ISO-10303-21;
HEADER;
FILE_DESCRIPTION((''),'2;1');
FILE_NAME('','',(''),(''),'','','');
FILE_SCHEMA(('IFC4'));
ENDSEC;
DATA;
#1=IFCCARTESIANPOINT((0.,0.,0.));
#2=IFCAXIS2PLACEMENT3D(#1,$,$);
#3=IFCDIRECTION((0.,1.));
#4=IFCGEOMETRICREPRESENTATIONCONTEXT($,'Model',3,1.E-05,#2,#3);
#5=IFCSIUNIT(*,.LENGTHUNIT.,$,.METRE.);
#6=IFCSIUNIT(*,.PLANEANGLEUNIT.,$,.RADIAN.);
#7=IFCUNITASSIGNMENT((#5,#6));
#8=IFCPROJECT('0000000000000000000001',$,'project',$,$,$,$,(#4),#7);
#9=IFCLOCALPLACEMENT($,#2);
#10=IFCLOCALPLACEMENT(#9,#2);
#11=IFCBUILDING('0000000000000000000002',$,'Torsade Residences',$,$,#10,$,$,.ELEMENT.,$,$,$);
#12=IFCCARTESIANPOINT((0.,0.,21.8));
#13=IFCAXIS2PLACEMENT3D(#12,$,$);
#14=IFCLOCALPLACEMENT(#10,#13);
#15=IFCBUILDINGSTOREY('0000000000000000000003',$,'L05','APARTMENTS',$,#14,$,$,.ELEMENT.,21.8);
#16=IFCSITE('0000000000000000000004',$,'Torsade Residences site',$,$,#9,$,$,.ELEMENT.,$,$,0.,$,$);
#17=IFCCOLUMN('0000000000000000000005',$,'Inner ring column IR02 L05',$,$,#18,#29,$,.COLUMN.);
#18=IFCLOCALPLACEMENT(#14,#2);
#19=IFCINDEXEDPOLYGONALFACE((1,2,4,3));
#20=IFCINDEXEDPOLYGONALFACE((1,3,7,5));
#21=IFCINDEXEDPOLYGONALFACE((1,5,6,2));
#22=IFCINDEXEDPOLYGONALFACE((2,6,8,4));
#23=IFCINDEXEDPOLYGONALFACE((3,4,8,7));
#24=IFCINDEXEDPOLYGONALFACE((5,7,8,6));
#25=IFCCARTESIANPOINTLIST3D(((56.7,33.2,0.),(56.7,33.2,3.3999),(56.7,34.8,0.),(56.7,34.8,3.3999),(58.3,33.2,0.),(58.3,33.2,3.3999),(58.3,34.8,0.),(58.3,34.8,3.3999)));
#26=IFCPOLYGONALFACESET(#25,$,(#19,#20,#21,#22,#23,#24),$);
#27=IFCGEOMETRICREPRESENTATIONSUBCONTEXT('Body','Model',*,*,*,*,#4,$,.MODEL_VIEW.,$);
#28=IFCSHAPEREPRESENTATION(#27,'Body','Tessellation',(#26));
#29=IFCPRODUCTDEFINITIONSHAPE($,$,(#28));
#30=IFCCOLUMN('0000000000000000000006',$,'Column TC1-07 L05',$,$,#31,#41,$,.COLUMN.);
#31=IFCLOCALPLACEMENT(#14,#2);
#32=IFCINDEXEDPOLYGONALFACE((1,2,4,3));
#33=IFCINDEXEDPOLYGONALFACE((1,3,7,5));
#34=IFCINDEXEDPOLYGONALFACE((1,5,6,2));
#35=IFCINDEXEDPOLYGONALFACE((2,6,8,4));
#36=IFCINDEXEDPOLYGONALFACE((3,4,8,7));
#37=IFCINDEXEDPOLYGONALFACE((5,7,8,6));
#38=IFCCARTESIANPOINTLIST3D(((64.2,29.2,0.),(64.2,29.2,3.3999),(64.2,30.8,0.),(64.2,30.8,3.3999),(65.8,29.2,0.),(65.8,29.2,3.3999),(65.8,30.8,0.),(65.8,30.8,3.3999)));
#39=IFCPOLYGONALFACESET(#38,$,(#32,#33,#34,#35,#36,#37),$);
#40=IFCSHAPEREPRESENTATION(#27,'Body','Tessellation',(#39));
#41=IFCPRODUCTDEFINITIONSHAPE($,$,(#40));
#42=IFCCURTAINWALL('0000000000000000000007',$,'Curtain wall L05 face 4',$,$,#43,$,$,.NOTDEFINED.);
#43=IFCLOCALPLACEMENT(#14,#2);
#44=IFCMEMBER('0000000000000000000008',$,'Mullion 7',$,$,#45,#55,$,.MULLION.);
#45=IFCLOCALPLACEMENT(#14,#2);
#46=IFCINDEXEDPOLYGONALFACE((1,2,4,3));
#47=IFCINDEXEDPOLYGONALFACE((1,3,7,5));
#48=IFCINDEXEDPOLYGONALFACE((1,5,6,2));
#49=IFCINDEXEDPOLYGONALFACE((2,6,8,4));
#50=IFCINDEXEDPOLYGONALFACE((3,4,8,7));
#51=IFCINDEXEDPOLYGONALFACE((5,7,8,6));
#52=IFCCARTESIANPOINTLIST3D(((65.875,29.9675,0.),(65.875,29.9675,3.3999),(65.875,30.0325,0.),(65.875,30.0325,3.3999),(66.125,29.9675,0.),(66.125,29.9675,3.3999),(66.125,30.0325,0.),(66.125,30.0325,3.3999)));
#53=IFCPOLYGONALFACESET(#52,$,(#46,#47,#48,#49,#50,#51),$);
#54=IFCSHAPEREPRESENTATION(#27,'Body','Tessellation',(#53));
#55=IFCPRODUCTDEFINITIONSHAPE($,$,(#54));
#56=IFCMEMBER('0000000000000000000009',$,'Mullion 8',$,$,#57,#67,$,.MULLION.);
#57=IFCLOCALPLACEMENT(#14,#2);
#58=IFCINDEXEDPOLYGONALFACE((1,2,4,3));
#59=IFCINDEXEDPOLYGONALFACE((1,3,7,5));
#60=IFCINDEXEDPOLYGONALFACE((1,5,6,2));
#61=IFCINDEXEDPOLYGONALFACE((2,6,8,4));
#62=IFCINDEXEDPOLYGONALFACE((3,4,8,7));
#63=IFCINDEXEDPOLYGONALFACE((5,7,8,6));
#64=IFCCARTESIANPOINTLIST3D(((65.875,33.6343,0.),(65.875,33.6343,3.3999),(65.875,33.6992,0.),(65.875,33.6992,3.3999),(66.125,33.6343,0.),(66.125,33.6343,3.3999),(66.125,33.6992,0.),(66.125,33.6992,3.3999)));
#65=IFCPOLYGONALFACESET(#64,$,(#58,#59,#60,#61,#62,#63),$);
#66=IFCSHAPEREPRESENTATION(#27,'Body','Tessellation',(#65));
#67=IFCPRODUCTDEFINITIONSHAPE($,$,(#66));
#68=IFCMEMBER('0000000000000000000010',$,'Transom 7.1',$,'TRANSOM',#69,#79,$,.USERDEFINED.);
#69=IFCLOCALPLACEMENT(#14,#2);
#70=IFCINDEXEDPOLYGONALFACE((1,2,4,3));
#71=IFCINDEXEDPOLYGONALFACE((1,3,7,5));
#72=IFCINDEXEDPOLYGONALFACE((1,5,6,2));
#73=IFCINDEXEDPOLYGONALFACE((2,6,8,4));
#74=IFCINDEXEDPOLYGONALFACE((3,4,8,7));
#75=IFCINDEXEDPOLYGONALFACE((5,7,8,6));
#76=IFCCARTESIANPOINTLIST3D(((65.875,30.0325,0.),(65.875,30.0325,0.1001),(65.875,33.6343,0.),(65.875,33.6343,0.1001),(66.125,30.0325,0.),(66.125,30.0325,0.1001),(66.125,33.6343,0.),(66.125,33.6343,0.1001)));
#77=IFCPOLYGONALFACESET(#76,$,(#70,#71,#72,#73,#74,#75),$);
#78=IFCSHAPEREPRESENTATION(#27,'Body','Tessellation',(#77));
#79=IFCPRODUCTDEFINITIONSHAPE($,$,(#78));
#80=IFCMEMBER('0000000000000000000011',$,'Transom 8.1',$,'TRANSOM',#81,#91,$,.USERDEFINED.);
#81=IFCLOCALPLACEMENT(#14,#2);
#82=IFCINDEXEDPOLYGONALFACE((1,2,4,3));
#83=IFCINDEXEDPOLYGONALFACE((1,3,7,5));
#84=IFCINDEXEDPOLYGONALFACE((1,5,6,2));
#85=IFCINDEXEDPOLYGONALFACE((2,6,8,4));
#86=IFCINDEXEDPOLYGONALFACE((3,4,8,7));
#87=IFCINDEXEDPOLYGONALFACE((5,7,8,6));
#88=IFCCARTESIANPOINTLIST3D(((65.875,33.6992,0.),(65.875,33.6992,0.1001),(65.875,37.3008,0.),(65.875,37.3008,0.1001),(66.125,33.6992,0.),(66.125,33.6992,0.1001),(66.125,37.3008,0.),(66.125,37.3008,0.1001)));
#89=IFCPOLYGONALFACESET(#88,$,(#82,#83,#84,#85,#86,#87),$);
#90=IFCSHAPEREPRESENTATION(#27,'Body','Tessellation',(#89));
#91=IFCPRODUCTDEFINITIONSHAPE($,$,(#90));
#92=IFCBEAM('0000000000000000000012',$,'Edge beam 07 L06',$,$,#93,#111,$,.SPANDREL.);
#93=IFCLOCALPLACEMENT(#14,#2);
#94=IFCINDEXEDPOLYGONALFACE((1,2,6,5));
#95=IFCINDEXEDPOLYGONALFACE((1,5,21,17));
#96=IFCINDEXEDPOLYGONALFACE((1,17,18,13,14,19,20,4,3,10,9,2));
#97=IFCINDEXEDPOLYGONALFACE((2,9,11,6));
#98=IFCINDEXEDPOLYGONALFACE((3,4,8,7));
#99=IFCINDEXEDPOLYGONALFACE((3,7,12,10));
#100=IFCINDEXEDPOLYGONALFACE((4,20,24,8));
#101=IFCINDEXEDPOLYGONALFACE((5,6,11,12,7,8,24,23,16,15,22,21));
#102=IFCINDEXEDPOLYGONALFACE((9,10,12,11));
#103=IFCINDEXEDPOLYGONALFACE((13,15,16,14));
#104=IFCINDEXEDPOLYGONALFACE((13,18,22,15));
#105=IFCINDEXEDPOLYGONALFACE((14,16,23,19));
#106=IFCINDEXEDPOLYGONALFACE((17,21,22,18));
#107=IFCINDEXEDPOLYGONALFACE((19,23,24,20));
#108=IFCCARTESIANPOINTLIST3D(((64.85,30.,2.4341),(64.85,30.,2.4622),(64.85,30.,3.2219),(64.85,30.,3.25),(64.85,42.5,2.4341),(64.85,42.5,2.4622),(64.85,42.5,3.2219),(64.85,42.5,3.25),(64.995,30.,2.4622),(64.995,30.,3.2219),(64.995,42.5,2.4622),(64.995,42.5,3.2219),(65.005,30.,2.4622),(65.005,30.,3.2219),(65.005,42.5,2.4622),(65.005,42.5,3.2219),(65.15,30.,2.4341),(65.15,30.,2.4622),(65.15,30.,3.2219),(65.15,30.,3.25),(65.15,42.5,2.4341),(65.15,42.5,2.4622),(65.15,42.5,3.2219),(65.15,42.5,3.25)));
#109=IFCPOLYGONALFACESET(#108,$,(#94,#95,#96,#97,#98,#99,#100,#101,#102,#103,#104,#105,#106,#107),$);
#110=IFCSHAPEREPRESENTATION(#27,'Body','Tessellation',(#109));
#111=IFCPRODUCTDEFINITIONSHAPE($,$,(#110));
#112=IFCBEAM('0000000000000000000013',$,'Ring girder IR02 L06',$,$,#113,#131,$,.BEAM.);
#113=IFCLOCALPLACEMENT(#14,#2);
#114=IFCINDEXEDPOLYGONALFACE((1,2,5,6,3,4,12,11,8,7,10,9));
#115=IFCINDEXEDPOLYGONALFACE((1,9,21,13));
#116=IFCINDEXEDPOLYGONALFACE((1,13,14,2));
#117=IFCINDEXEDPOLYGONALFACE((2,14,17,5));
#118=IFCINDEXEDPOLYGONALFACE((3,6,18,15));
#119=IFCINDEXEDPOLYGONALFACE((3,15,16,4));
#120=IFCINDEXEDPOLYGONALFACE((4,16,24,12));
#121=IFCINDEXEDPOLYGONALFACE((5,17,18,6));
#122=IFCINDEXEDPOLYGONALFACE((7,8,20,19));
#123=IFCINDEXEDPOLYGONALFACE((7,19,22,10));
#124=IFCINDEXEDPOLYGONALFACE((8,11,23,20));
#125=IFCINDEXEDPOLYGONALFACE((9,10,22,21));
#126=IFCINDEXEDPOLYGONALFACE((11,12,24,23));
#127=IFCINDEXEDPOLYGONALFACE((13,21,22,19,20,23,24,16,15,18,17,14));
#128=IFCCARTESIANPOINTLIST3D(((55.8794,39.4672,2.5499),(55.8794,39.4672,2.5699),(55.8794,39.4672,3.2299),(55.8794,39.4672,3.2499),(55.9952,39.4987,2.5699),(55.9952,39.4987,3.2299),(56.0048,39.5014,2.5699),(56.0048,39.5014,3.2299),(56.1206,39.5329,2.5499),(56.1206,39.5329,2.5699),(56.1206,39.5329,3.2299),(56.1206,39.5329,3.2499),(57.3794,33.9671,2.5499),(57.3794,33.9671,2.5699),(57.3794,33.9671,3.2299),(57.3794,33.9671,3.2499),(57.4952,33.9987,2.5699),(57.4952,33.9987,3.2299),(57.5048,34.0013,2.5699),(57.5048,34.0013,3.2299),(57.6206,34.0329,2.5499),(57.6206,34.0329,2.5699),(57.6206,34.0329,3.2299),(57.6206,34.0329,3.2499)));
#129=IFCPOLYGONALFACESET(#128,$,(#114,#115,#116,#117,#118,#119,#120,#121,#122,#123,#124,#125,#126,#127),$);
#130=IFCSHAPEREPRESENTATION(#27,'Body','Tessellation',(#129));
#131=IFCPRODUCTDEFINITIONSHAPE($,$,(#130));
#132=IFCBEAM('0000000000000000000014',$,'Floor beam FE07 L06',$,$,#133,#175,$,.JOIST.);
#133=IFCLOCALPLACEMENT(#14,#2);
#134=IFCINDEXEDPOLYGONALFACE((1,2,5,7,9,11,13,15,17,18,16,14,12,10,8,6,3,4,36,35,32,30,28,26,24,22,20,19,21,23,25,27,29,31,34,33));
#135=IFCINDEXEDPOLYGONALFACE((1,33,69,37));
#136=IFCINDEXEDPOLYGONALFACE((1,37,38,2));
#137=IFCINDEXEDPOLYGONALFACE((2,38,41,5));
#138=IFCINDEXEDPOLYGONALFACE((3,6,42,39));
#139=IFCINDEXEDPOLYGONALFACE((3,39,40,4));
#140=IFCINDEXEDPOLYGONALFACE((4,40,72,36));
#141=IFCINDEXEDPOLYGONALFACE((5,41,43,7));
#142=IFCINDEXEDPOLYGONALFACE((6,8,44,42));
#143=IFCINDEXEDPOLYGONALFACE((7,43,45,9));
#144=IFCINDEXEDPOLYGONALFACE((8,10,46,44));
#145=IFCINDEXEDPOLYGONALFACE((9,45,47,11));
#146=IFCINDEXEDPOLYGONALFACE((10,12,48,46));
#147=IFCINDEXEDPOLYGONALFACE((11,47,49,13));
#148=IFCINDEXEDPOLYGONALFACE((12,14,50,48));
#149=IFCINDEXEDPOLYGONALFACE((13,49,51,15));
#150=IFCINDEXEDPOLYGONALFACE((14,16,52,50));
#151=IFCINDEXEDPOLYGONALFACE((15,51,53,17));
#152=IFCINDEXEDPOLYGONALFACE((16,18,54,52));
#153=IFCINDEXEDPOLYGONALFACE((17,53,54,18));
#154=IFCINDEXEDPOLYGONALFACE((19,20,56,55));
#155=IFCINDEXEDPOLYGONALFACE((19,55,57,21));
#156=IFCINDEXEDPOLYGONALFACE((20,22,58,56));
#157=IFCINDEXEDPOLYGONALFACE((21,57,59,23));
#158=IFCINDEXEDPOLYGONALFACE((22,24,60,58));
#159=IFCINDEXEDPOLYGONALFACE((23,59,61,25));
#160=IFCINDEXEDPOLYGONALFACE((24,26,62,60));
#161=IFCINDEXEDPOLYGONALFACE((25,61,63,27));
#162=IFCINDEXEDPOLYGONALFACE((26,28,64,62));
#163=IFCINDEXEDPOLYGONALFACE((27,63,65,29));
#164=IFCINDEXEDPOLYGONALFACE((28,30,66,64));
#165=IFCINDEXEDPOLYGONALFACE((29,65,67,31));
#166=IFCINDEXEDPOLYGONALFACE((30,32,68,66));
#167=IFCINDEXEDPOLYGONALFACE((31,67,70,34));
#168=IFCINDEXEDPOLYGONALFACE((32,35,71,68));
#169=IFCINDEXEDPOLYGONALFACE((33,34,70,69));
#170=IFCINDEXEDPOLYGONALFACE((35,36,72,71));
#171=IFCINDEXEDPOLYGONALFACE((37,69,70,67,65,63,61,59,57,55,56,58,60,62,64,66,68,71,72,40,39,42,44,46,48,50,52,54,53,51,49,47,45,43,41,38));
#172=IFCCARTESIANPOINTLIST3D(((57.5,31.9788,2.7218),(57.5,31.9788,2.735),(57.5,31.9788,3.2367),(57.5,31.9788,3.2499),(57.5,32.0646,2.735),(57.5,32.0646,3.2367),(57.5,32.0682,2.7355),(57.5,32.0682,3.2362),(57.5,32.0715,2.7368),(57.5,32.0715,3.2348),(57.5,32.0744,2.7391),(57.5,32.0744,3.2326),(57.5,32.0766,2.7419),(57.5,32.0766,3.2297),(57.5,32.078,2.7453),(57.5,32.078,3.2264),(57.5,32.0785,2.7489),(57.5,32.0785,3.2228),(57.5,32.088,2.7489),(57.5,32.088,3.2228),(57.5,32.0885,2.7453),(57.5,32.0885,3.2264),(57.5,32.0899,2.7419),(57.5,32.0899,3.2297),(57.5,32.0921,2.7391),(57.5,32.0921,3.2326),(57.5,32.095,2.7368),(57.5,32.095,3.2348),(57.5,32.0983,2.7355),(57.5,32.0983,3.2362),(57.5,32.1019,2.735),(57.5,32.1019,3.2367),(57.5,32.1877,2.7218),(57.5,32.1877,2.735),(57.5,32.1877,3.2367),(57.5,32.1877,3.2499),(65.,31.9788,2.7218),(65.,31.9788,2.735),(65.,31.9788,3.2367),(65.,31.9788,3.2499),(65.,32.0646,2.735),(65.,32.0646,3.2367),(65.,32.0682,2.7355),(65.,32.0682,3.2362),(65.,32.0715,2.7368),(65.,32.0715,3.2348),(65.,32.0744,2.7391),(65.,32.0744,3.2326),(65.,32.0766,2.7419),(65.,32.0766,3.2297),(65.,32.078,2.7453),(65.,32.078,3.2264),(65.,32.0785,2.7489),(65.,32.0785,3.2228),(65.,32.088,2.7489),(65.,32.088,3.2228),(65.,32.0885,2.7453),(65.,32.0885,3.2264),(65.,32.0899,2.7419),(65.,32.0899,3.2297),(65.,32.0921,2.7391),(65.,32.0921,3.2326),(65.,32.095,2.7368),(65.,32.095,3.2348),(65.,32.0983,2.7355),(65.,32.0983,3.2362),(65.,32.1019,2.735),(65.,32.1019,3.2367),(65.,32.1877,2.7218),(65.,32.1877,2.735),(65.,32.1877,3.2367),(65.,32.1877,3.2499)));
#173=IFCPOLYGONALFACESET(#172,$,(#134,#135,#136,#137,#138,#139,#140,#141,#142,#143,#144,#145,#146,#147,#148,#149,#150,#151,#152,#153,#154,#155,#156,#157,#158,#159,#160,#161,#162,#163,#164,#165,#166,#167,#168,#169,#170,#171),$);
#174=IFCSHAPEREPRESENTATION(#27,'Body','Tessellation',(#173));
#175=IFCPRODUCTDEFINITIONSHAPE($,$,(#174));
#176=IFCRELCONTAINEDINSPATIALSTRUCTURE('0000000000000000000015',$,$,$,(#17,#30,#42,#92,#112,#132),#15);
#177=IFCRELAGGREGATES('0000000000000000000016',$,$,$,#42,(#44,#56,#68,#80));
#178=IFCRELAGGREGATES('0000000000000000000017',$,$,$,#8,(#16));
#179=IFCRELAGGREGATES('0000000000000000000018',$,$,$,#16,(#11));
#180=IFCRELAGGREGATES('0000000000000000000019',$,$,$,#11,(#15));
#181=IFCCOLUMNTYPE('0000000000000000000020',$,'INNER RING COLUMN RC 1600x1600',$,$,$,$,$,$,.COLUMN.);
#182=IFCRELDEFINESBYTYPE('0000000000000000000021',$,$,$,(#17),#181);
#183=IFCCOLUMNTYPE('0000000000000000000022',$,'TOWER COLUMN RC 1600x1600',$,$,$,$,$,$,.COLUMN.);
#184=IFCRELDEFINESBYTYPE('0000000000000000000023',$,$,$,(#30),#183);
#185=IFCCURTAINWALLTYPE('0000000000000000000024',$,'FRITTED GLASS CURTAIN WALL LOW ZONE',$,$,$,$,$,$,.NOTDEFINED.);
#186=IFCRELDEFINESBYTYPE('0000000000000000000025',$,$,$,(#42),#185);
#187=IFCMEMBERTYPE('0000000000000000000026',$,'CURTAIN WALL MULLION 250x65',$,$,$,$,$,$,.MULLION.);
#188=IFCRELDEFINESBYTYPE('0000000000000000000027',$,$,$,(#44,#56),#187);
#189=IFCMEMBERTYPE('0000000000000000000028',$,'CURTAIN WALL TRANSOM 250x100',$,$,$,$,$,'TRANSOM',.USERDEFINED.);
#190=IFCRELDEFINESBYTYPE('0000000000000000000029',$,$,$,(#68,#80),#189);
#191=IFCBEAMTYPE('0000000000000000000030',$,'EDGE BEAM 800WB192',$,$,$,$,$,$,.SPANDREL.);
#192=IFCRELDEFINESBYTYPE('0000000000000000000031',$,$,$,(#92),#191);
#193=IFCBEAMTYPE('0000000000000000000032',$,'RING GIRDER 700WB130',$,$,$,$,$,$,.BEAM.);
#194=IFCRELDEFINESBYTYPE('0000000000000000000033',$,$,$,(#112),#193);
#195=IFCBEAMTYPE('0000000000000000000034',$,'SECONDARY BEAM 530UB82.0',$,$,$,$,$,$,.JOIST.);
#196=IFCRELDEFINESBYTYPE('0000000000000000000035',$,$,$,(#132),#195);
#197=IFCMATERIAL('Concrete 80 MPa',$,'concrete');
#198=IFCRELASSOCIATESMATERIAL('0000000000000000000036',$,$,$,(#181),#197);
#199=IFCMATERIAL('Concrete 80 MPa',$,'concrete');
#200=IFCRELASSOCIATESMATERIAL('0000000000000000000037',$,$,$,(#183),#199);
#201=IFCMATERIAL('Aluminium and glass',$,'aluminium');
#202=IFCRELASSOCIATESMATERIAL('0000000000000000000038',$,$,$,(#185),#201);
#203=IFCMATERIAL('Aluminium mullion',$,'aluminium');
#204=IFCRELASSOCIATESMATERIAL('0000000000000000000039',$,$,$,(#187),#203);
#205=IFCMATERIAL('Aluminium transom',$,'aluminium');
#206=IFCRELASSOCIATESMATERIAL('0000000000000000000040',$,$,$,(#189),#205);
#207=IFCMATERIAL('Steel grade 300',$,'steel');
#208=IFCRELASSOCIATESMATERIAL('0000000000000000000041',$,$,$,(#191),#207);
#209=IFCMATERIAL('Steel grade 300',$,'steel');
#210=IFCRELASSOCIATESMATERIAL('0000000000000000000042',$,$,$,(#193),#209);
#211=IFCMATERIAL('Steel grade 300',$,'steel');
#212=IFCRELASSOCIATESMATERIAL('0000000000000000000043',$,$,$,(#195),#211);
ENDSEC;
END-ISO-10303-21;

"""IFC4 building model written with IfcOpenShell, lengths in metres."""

from ifc_helpers import new_model, si_unit, direction, frame, origin, origin_2d, place, context, subcontext, project, spatial, rectangle, i_section, extrude, material, material_profile, profile_set, type_object, element, aggregate, save


model = new_model("IFC4")

# Units and contexts
model_context = context("Model", 3, precision=1e-05, world=origin(), true_north=direction((0.0, 1.0)))
body_context = subcontext(model_context, "Body", "Model", "MODEL_VIEW")
ifc_project = project(units=[si_unit("LENGTHUNIT", "METRE"), si_unit("PLANEANGLEUNIT", "RADIAN")], contexts=[model_context])

# Site, building, storey
site_placement = place(None, origin())
site = spatial("IfcSite", under=ifc_project, at=site_placement, Name="Torsade Residences site", CompositionType="ELEMENT", RefElevation=0.0)
building_placement = place(site_placement, origin())
building = spatial("IfcBuilding", under=site, at=building_placement, Name="Torsade Residences", CompositionType="ELEMENT")
storey_placement = place(building_placement, frame((0.0, 0.0, 21.8)))
storey = spatial("IfcBuildingStorey", under=building, at=storey_placement, Name="L05", Description="APARTMENTS", CompositionType="ELEMENT", Elevation=21.8)

# Columns
ifc_material_1 = material(Name="Concrete 80 MPa", Category="concrete")
ifc_material_profile_1 = material_profile(ifc_material_1, rectangle(XDim=1.6001, YDim=1.6001, at=origin_2d()), Name="RC 1600x1600")
ifc_profile_set_1 = profile_set([ifc_material_profile_1], Name="Concrete 80 MPa")
column_type_1 = type_object("IfcColumnType", Name="INNER RING COLUMN RC 1600x1600", PredefinedType="COLUMN", material=ifc_profile_set_1)
column_1_placement = place(storey_placement, frame((57.5, 34.0, 0.0), z_axis=(0.0, 0.0, 1.0), x_axis=(1.0, 0.0, 0.0)))
element("IfcColumn", 1, at=column_1_placement, inside=storey, type_object=column_type_1, Name="Inner ring column IR02 L05", PredefinedType="COLUMN", context=body_context, shape_type="SweptSolid", body=[
    extrude(rectangle(XDim=1.6001, YDim=1.6001, at=origin_2d()), origin(), (0.0, 0.0, 1.0), 3.3999),
])
ifc_material_2 = material(Name="Concrete 80 MPa", Category="concrete")
ifc_material_profile_2 = material_profile(ifc_material_2, rectangle(XDim=1.6001, YDim=1.6001, at=origin_2d()), Name="RC 1600x1600")
ifc_profile_set_2 = profile_set([ifc_material_profile_2], Name="Concrete 80 MPa")
column_type_2 = type_object("IfcColumnType", Name="TOWER COLUMN RC 1600x1600", PredefinedType="COLUMN", material=ifc_profile_set_2)
column_2_placement = place(storey_placement, frame((65.0, 30.0, 0.0), z_axis=(0.0, 0.0, 1.0), x_axis=(1.0, 0.0, 0.0)))
element("IfcColumn", 2, at=column_2_placement, inside=storey, type_object=column_type_2, Name="Column TC1-07 L05", PredefinedType="COLUMN", context=body_context, shape_type="SweptSolid", body=[
    extrude(rectangle(XDim=1.6001, YDim=1.6001, at=origin_2d()), origin(), (0.0, 0.0, 1.0), 3.3999),
])

# Curtain wall, members
ifc_material_3 = material(Name="Aluminium and glass", Category="aluminium")
curtain_wall_type = type_object("IfcCurtainWallType", Name="FRITTED GLASS CURTAIN WALL LOW ZONE", PredefinedType="NOTDEFINED", material=ifc_material_3)
curtain_wall_placement = place(storey_placement, origin())
curtain_wall = element("IfcCurtainWall", 3, at=curtain_wall_placement, inside=storey, type_object=curtain_wall_type, Name="Curtain wall L05 face 4", PredefinedType="NOTDEFINED")
ifc_material_4 = material(Name="Aluminium mullion", Category="aluminium")
ifc_material_profile_3 = material_profile(ifc_material_4, rectangle(XDim=0.25, YDim=0.0649, at=origin_2d()), Name="CURTAIN WALL MULLION 250x65")
ifc_profile_set_3 = profile_set([ifc_material_profile_3], Name="Aluminium mullion")
member_type_1 = type_object("IfcMemberType", Name="CURTAIN WALL MULLION 250x65", PredefinedType="MULLION", material=ifc_profile_set_3)
member_1_placement = place(storey_placement, frame((66.0, 30.0, 0.0), z_axis=(0.0, 0.0, 1.0), x_axis=(-1.0, 0.0, 0.0)))
member_1 = element("IfcMember", 4, at=member_1_placement, type_object=member_type_1, Name="Mullion 7", PredefinedType="MULLION", context=body_context, shape_type="SweptSolid", body=[
    extrude(rectangle(XDim=0.25, YDim=0.0649, at=origin_2d()), origin(), (0.0, 0.0, 1.0), 3.3999),
])
member_2_placement = place(storey_placement, frame((66.0, 33.6667, 0.0), z_axis=(0.0, 0.0, 1.0), x_axis=(-1.0, 0.0, 0.0)))
member_2 = element("IfcMember", 5, at=member_2_placement, type_object=member_type_1, Name="Mullion 8", PredefinedType="MULLION", context=body_context, shape_type="SweptSolid", body=[
    extrude(rectangle(XDim=0.25, YDim=0.0649, at=origin_2d()), origin(), (0.0, 0.0, 1.0), 3.3999),
])
ifc_material_5 = material(Name="Aluminium transom", Category="aluminium")
ifc_material_profile_4 = material_profile(ifc_material_5, rectangle(XDim=0.25, YDim=0.1001, at=origin_2d()), Name="CURTAIN WALL TRANSOM 250x100")
ifc_profile_set_4 = profile_set([ifc_material_profile_4], Name="Aluminium transom")
member_type_2 = type_object("IfcMemberType", Name="CURTAIN WALL TRANSOM 250x100", ElementType="TRANSOM", PredefinedType="USERDEFINED", material=ifc_profile_set_4)
member_3_placement = place(storey_placement, frame((66.0, 30.0325, 0.05), z_axis=(0.0, 1.0, 0.0), x_axis=(-1.0, 0.0, 0.0)))
member_3 = element("IfcMember", 6, at=member_3_placement, type_object=member_type_2, Name="Transom 7.1", ObjectType="TRANSOM", PredefinedType="USERDEFINED", context=body_context, shape_type="SweptSolid", body=[
    extrude(rectangle(XDim=0.25, YDim=0.1001, at=origin_2d()), origin(), (0.0, 0.0, 1.0), 3.6018),
])
member_4_placement = place(storey_placement, frame((66.0, 33.6992, 0.05), z_axis=(0.0, 1.0, 0.0), x_axis=(-1.0, 0.0, 0.0)))
member_4 = element("IfcMember", 7, at=member_4_placement, type_object=member_type_2, Name="Transom 8.1", ObjectType="TRANSOM", PredefinedType="USERDEFINED", context=body_context, shape_type="SweptSolid", body=[
    extrude(rectangle(XDim=0.25, YDim=0.1001, at=origin_2d()), origin(), (0.0, 0.0, 1.0), 3.6016),
])

# Beams
ifc_material_6 = material(Name="Steel grade 300", Category="steel")
ifc_material_profile_5 = material_profile(ifc_material_6, i_section(OverallWidth=0.3, OverallDepth=0.8159, WebThickness=0.01, FlangeThickness=0.0281, at=origin_2d()), Name="800WB192")
ifc_profile_set_5 = profile_set([ifc_material_profile_5], Name="Steel grade 300")
beam_type_1 = type_object("IfcBeamType", Name="EDGE BEAM 800WB192", PredefinedType="SPANDREL", material=ifc_profile_set_5)
beam_1_placement = place(storey_placement, frame((65.0, 30.0, 2.842), z_axis=(0.0, 1.0, 0.0), x_axis=(-1.0, 0.0, 0.0)))
element("IfcBeam", 8, at=beam_1_placement, inside=storey, type_object=beam_type_1, Name="Edge beam 07 L06", PredefinedType="SPANDREL", context=body_context, shape_type="SweptSolid", body=[
    extrude(i_section(OverallWidth=0.3, OverallDepth=0.8159, WebThickness=0.01, FlangeThickness=0.0281, at=origin_2d()), origin(), (0.0, 0.0, 1.0), 12.5),
])
ifc_material_7 = material(Name="Steel grade 300", Category="steel")
ifc_material_profile_6 = material_profile(ifc_material_7, i_section(OverallWidth=0.25, OverallDepth=0.7, WebThickness=0.01, FlangeThickness=0.02, at=origin_2d()), Name="700WB130")
ifc_profile_set_6 = profile_set([ifc_material_profile_6], Name="Steel grade 300")
beam_type_2 = type_object("IfcBeamType", Name="RING GIRDER 700WB130", PredefinedType="BEAM", material=ifc_profile_set_6)
beam_2_placement = place(storey_placement, frame((57.5, 34.0, 2.8999), z_axis=(-0.263117, 0.964764, 0.0), x_axis=(-0.964764, -0.263117, 0.0)))
element("IfcBeam", 9, at=beam_2_placement, inside=storey, type_object=beam_type_2, Name="Ring girder IR02 L06", PredefinedType="BEAM", context=body_context, shape_type="SweptSolid", body=[
    extrude(i_section(OverallWidth=0.25, OverallDepth=0.7, WebThickness=0.01, FlangeThickness=0.02, at=origin_2d()), origin(), (0.0, 0.0, 1.0), 5.7009),
])
ifc_material_8 = material(Name="Steel grade 300", Category="steel")
ifc_material_profile_7 = material_profile(ifc_material_8, i_section(OverallWidth=0.209, OverallDepth=0.5281, WebThickness=0.0095, FlangeThickness=0.0132, FilletRadius=0.0139, at=origin_2d()), Name="530UB82.0")
ifc_profile_set_7 = profile_set([ifc_material_profile_7], Name="Steel grade 300")
beam_type_3 = type_object("IfcBeamType", Name="SECONDARY BEAM 530UB82.0", PredefinedType="JOIST", material=ifc_profile_set_7)
beam_3_placement = place(storey_placement, frame((65.0, 32.0833, 2.9858), z_axis=(-1.0, 0.0, 0.0), x_axis=(0.0, -1.0, 0.0)))
element("IfcBeam", 10, at=beam_3_placement, inside=storey, type_object=beam_type_3, Name="Floor beam FE07 L06", PredefinedType="JOIST", context=body_context, shape_type="SweptSolid", body=[
    extrude(i_section(OverallWidth=0.209, OverallDepth=0.5281, WebThickness=0.0095, FlangeThickness=0.0132, FilletRadius=0.0139, at=origin_2d()), origin(), (0.0, 0.0, 1.0), 7.5),
])

aggregate(curtain_wall, [member_1, member_2, member_3, member_4])

save(model, "model.ifc")
